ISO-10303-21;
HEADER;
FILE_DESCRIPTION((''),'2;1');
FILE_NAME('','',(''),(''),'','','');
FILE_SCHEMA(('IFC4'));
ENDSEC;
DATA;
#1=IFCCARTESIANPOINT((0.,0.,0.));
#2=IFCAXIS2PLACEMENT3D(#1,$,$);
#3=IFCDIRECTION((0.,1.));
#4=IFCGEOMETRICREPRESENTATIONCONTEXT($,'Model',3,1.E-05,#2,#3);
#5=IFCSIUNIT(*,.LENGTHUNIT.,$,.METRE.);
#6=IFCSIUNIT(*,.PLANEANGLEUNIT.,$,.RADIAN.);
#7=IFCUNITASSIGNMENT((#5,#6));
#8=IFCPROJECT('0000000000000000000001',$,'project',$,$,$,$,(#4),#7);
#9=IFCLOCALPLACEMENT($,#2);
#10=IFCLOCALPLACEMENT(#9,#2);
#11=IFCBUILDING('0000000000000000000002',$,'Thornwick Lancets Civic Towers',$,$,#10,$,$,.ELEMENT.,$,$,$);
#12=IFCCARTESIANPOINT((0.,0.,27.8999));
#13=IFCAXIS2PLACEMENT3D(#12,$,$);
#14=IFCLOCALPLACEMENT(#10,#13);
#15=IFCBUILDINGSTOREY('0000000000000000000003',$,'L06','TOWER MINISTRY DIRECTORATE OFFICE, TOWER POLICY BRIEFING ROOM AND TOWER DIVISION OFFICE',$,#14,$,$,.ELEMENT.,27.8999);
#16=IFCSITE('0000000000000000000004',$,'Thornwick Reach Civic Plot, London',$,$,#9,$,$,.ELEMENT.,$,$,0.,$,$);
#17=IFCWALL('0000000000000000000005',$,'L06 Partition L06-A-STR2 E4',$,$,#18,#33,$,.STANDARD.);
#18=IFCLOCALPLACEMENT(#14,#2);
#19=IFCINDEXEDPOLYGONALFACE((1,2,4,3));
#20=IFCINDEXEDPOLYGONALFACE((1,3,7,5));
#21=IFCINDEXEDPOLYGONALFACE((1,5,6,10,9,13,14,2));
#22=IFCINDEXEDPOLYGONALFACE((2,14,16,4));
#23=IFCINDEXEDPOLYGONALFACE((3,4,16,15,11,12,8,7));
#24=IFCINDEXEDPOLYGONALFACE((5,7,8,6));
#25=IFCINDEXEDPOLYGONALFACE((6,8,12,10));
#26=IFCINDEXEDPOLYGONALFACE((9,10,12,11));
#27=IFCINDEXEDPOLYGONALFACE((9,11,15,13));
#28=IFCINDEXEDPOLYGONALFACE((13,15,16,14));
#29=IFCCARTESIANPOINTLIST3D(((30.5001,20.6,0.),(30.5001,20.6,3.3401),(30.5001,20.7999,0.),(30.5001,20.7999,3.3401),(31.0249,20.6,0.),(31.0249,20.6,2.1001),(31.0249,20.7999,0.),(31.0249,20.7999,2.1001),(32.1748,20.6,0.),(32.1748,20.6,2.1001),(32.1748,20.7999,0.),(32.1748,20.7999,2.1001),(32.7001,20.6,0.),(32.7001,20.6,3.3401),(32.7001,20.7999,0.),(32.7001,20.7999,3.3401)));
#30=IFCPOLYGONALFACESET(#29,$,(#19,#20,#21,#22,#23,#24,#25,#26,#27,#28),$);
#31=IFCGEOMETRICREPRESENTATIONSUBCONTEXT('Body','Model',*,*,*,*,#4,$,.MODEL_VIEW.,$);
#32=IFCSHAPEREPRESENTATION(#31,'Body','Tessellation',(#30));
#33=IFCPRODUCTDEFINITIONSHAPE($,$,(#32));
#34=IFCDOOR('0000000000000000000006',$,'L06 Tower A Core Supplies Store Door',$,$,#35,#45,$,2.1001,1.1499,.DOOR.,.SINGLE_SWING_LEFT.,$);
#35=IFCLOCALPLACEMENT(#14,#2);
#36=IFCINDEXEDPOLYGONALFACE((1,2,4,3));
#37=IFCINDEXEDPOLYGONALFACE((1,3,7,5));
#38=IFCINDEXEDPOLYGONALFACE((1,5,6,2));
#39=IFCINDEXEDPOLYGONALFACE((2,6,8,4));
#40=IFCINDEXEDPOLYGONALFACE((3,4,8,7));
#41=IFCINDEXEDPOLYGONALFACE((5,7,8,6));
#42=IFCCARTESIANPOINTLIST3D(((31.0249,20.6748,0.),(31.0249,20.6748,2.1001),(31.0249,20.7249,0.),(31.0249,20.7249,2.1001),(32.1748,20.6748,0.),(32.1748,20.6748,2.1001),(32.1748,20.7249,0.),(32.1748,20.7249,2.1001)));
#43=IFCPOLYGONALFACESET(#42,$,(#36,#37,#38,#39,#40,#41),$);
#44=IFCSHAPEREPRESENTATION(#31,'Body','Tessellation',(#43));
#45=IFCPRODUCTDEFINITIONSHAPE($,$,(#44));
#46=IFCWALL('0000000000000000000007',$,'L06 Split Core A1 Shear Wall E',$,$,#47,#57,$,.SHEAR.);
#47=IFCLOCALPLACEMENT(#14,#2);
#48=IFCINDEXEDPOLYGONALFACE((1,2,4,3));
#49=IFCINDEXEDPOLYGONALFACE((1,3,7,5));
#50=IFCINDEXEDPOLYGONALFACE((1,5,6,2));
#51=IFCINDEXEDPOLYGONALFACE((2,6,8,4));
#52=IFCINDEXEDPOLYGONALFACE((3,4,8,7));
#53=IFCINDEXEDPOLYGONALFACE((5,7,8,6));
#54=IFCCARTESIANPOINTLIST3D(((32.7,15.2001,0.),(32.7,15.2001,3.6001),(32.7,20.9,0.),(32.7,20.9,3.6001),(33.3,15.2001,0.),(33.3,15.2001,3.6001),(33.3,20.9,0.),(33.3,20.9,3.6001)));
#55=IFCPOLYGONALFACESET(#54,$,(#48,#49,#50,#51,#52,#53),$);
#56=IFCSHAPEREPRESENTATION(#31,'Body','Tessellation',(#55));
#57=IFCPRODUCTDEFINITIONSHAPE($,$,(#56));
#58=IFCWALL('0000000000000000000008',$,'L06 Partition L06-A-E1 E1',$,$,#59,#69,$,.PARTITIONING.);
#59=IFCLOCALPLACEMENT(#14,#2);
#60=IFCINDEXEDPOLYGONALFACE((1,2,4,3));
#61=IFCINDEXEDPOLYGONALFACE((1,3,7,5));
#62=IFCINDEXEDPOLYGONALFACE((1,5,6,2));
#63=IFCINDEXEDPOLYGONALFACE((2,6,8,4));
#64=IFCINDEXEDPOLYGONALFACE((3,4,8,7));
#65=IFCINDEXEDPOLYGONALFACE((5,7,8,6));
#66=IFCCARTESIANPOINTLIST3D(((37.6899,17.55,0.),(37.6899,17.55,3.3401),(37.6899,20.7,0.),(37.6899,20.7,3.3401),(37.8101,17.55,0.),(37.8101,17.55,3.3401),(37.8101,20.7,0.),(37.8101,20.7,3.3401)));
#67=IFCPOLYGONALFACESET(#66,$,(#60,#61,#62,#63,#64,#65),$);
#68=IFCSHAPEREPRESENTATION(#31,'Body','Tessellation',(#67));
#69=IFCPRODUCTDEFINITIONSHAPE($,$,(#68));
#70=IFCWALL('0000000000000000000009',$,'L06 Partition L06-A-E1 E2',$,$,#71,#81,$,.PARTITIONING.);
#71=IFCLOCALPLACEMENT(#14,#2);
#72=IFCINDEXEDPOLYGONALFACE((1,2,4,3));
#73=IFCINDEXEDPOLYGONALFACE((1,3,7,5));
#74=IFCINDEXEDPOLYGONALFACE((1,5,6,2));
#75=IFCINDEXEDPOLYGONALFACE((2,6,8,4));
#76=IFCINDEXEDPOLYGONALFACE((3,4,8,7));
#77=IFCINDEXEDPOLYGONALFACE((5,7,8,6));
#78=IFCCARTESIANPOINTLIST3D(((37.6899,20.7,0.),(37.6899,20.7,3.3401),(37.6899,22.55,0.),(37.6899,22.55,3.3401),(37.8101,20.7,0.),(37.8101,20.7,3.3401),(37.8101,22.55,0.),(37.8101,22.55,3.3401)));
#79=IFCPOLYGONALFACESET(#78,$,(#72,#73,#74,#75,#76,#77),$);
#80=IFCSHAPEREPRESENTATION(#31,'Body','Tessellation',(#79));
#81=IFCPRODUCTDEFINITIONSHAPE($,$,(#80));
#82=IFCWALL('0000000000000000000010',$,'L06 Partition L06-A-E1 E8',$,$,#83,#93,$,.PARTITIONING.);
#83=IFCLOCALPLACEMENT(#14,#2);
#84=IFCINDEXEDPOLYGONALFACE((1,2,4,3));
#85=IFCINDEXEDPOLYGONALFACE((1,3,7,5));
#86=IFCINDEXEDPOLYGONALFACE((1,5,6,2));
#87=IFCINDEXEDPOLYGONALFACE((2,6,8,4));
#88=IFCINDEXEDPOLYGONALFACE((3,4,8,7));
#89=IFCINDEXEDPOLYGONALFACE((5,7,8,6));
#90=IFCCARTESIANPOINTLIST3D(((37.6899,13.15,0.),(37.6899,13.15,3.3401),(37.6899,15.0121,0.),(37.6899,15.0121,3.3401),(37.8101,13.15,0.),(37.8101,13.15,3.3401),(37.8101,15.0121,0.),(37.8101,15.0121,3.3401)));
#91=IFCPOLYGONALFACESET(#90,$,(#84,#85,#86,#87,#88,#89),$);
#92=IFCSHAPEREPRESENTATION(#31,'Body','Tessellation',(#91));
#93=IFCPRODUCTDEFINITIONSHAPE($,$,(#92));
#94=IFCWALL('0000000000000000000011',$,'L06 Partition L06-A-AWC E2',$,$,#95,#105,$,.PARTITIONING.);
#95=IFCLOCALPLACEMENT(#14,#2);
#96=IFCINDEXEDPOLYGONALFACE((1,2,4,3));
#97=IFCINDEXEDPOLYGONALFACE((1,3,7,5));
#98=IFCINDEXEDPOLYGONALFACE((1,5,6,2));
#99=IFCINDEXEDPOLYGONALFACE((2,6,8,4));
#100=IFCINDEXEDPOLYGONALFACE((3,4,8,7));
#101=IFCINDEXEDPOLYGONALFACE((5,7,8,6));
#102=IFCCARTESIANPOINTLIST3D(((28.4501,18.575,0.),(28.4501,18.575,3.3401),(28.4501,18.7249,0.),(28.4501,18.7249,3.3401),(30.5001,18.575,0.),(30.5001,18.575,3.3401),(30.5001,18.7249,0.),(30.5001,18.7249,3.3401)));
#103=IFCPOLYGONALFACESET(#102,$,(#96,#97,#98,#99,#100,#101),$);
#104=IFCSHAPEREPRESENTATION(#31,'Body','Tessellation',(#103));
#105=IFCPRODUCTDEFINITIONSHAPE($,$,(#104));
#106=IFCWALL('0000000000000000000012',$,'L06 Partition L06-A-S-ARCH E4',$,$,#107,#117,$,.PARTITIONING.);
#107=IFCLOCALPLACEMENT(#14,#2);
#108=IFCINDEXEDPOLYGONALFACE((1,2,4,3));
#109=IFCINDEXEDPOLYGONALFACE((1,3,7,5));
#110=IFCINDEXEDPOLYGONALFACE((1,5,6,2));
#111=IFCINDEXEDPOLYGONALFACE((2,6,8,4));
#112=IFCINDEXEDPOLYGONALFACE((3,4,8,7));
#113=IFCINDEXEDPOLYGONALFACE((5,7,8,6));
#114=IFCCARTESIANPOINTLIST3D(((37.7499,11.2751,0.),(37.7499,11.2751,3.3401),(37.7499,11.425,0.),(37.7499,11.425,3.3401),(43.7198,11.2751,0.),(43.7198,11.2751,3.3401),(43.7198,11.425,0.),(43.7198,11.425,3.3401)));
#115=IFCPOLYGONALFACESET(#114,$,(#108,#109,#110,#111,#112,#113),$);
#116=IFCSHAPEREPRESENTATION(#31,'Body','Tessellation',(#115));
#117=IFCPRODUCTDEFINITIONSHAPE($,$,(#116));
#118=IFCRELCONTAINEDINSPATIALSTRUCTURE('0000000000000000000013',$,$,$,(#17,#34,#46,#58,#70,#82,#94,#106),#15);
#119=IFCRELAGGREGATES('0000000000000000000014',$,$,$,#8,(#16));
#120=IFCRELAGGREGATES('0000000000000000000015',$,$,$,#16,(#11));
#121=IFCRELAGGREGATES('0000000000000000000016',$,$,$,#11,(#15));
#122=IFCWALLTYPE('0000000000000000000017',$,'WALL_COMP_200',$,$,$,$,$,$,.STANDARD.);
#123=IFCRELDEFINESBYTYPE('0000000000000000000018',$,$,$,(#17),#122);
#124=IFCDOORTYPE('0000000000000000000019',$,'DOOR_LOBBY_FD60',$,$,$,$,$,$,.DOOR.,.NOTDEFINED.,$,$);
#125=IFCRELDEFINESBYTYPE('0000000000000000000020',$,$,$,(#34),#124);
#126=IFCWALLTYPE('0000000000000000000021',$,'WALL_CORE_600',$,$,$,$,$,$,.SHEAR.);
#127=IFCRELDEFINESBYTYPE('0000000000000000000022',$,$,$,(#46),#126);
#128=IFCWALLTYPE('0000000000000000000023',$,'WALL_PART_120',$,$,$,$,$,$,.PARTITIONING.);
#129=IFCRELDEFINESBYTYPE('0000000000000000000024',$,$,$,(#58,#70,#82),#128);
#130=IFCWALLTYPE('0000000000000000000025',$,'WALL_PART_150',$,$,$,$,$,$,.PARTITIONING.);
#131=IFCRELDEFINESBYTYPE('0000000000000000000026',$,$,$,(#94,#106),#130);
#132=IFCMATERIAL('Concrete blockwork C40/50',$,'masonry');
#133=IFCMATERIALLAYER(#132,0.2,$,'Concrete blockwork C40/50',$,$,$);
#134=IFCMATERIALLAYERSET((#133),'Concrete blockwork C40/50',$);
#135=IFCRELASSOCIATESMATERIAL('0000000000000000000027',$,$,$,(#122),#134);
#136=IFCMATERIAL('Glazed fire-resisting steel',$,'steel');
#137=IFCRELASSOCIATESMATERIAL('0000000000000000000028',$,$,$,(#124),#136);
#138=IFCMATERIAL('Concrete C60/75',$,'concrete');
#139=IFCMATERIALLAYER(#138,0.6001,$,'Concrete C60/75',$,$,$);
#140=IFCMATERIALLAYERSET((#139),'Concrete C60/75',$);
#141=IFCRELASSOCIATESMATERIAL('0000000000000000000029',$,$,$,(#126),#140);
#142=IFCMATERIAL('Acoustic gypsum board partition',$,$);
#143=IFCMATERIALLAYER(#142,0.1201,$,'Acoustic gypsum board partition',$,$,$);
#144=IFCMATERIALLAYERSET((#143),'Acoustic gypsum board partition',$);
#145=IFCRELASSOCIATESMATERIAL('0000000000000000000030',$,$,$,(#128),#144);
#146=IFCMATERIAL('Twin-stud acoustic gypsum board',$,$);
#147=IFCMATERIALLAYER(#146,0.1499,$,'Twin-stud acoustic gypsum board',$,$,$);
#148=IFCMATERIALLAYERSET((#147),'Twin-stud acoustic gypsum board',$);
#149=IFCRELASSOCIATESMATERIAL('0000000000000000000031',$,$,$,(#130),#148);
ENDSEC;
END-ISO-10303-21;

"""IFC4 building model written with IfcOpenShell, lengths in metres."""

from ifc_helpers import new_model, si_unit, direction, frame, frame_2d, origin, place, context, subcontext, project, spatial, rectangle, extrude, material, layer, layer_set, type_object, element, fill, save


model = new_model("IFC4")

# Units and contexts
model_context = context("Model", 3, precision=1e-05, world=origin(), true_north=direction((0.0, 1.0)))
body_context = subcontext(model_context, "Body", "Model", "MODEL_VIEW")
ifc_project = project(units=[si_unit("LENGTHUNIT", "METRE"), si_unit("PLANEANGLEUNIT", "RADIAN")], contexts=[model_context])

# Site, building, storey
site_placement = place(None, origin())
site = spatial("IfcSite", under=ifc_project, at=site_placement, Name="Thornwick Reach Civic Plot, London", CompositionType="ELEMENT", RefElevation=0.0)
building_placement = place(site_placement, origin())
building = spatial("IfcBuilding", under=site, at=building_placement, Name="Thornwick Lancets Civic Towers", CompositionType="ELEMENT")
storey_placement = place(building_placement, frame((0.0, 0.0, 27.8999)))
storey = spatial("IfcBuildingStorey", under=building, at=storey_placement, Name="L06", Description="TOWER MINISTRY DIRECTORATE OFFICE, TOWER POLICY BRIEFING ROOM AND TOWER DIVISION OFFICE", CompositionType="ELEMENT", Elevation=27.8999)

# Shared definitions
ifc_material_1 = material(Name="Concrete C60/75", Category="concrete")

# Shared definitions
ifc_material_2 = material(Name="Concrete blockwork C40/50", Category="masonry")
ifc_layer_1 = layer(ifc_material_2, 0.2, Name="Concrete blockwork C40/50")
ifc_layer_set_1 = layer_set([ifc_layer_1], Name="Concrete blockwork C40/50")
wall_type_1 = type_object("IfcWallType", Name="WALL_COMP_200", PredefinedType="STANDARD", material=ifc_layer_set_1)

# Wall, opening, door
wall_1_placement = place(storey_placement, frame((30.5, 20.7, 0.0), z_axis=(0.0, 0.0, 1.0), x_axis=(1.0, 0.0, 0.0)))
wall_1 = element("IfcWall", 1, at=wall_1_placement, inside=storey, type_object=wall_type_1, Name="L06 Partition L06-A-STR2 E4", PredefinedType="STANDARD", context=body_context, shape_type="SweptSolid", body=[
    extrude(rectangle(XDim=2.2, YDim=0.2, at=frame_2d((1.1001, 0.0))), origin(), (0.0, 0.0, 1.0), 3.3401),
])
opening_1_placement = place(wall_1_placement, frame((0.5249, 0.0, 0.0)))
opening_1 = element("IfcOpeningElement", 2, at=opening_1_placement, cuts=wall_1, PredefinedType="OPENING", context=body_context, shape_type="SweptSolid", body=[
    extrude(rectangle(XDim=1.1499, YDim=2.1001, at=frame_2d((0.575, 1.05))), frame((0.0, 0.1099, 0.0), z_axis=(0.0, -1.0, 0.0), x_axis=(1.0, 0.0, 0.0)), (0.0, 0.0, 1.0), 0.22),
])
ifc_material_3 = material(Name="Glazed fire-resisting steel", Category="steel")
door_type_1 = type_object("IfcDoorType", Name="DOOR_LOBBY_FD60", OperationType="NOTDEFINED", PredefinedType="DOOR", material=ifc_material_3)
door_1_placement = place(opening_1_placement, origin())
door_1 = element("IfcDoor", 3, at=door_1_placement, inside=storey, type_object=door_type_1, Name="L06 Tower A Core Supplies Store Door", OperationType="SINGLE_SWING_LEFT", OverallHeight=2.1001, OverallWidth=1.1499, PredefinedType="DOOR", context=body_context, shape_type="SweptSolid", body=[
    extrude(rectangle(XDim=1.1499, YDim=2.1001, at=frame_2d((0.575, 1.05))), frame((0.0, 0.0249, 0.0), z_axis=(0.0, -1.0, 0.0), x_axis=(1.0, 0.0, 0.0)), (0.0, 0.0, 1.0), 0.05),
])
fill(opening_1, door_1)

# Walls
ifc_layer_2 = layer(ifc_material_1, 0.6001, Name="Concrete C60/75")
ifc_layer_set_2 = layer_set([ifc_layer_2], Name="Concrete C60/75")
wall_type_2 = type_object("IfcWallType", Name="WALL_CORE_600", PredefinedType="SHEAR", material=ifc_layer_set_2)
wall_2_placement = place(storey_placement, frame((33.0, 15.2, 0.0), z_axis=(0.0, 0.0, 1.0), x_axis=(0.0, 1.0, 0.0)))
element("IfcWall", 4, at=wall_2_placement, inside=storey, type_object=wall_type_2, Name="L06 Split Core A1 Shear Wall E", PredefinedType="SHEAR", context=body_context, shape_type="SweptSolid", body=[
    extrude(rectangle(XDim=5.7, YDim=0.6001, at=frame_2d((2.8501, 0.0))), origin(), (0.0, 0.0, 1.0), 3.6001),
])
ifc_material_4 = material(Name="Acoustic gypsum board partition")
ifc_layer_3 = layer(ifc_material_4, 0.1201, Name="Acoustic gypsum board partition")
ifc_layer_set_3 = layer_set([ifc_layer_3], Name="Acoustic gypsum board partition")
wall_type_3 = type_object("IfcWallType", Name="WALL_PART_120", PredefinedType="PARTITIONING", material=ifc_layer_set_3)
wall_3_placement = place(storey_placement, frame((37.75, 17.55, 0.0), z_axis=(0.0, 0.0, 1.0), x_axis=(0.0, 1.0, 0.0)))
element("IfcWall", 5, at=wall_3_placement, inside=storey, type_object=wall_type_3, Name="L06 Partition L06-A-E1 E1", PredefinedType="PARTITIONING", context=body_context, shape_type="SweptSolid", body=[
    extrude(rectangle(XDim=3.1499, YDim=0.1201, at=frame_2d((1.575, 0.0))), origin(), (0.0, 0.0, 1.0), 3.3401),
])
wall_4_placement = place(storey_placement, frame((37.75, 20.7, 0.0), z_axis=(0.0, 0.0, 1.0), x_axis=(0.0, 1.0, 0.0)))
element("IfcWall", 6, at=wall_4_placement, inside=storey, type_object=wall_type_3, Name="L06 Partition L06-A-E1 E2", PredefinedType="PARTITIONING", context=body_context, shape_type="SweptSolid", body=[
    extrude(rectangle(XDim=1.8501, YDim=0.1201, at=frame_2d((0.925, 0.0))), origin(), (0.0, 0.0, 1.0), 3.3401),
])
wall_5_placement = place(storey_placement, frame((37.75, 13.1499, 0.0), z_axis=(0.0, 0.0, 1.0), x_axis=(0.0, 1.0, 0.0)))
element("IfcWall", 7, at=wall_5_placement, inside=storey, type_object=wall_type_3, Name="L06 Partition L06-A-E1 E8", PredefinedType="PARTITIONING", context=body_context, shape_type="SweptSolid", body=[
    extrude(rectangle(XDim=1.8621, YDim=0.1201, at=frame_2d((0.9312, 0.0))), origin(), (0.0, 0.0, 1.0), 3.3401),
])
ifc_material_5 = material(Name="Twin-stud acoustic gypsum board")
ifc_layer_4 = layer(ifc_material_5, 0.1499, Name="Twin-stud acoustic gypsum board")
ifc_layer_set_4 = layer_set([ifc_layer_4], Name="Twin-stud acoustic gypsum board")
wall_type_4 = type_object("IfcWallType", Name="WALL_PART_150", PredefinedType="PARTITIONING", material=ifc_layer_set_4)
wall_6_placement = place(storey_placement, frame((30.5, 18.6499, 0.0), z_axis=(0.0, 0.0, 1.0), x_axis=(-1.0, 0.0, 0.0)))
element("IfcWall", 8, at=wall_6_placement, inside=storey, type_object=wall_type_4, Name="L06 Partition L06-A-AWC E2", PredefinedType="PARTITIONING", context=body_context, shape_type="SweptSolid", body=[
    extrude(rectangle(XDim=2.05, YDim=0.1499, at=frame_2d((1.0249, 0.0))), origin(), (0.0, 0.0, 1.0), 3.3401),
])
wall_7_placement = place(storey_placement, frame((37.75, 11.3501, 0.0), z_axis=(0.0, 0.0, 1.0), x_axis=(1.0, 0.0, 0.0)))
element("IfcWall", 9, at=wall_7_placement, inside=storey, type_object=wall_type_4, Name="L06 Partition L06-A-S-ARCH E4", PredefinedType="PARTITIONING", context=body_context, shape_type="SweptSolid", body=[
    extrude(rectangle(XDim=5.97, YDim=0.1499, at=frame_2d((2.9849, 0.0))), origin(), (0.0, 0.0, 1.0), 3.3401),
])

save(model, "model.ifc")
